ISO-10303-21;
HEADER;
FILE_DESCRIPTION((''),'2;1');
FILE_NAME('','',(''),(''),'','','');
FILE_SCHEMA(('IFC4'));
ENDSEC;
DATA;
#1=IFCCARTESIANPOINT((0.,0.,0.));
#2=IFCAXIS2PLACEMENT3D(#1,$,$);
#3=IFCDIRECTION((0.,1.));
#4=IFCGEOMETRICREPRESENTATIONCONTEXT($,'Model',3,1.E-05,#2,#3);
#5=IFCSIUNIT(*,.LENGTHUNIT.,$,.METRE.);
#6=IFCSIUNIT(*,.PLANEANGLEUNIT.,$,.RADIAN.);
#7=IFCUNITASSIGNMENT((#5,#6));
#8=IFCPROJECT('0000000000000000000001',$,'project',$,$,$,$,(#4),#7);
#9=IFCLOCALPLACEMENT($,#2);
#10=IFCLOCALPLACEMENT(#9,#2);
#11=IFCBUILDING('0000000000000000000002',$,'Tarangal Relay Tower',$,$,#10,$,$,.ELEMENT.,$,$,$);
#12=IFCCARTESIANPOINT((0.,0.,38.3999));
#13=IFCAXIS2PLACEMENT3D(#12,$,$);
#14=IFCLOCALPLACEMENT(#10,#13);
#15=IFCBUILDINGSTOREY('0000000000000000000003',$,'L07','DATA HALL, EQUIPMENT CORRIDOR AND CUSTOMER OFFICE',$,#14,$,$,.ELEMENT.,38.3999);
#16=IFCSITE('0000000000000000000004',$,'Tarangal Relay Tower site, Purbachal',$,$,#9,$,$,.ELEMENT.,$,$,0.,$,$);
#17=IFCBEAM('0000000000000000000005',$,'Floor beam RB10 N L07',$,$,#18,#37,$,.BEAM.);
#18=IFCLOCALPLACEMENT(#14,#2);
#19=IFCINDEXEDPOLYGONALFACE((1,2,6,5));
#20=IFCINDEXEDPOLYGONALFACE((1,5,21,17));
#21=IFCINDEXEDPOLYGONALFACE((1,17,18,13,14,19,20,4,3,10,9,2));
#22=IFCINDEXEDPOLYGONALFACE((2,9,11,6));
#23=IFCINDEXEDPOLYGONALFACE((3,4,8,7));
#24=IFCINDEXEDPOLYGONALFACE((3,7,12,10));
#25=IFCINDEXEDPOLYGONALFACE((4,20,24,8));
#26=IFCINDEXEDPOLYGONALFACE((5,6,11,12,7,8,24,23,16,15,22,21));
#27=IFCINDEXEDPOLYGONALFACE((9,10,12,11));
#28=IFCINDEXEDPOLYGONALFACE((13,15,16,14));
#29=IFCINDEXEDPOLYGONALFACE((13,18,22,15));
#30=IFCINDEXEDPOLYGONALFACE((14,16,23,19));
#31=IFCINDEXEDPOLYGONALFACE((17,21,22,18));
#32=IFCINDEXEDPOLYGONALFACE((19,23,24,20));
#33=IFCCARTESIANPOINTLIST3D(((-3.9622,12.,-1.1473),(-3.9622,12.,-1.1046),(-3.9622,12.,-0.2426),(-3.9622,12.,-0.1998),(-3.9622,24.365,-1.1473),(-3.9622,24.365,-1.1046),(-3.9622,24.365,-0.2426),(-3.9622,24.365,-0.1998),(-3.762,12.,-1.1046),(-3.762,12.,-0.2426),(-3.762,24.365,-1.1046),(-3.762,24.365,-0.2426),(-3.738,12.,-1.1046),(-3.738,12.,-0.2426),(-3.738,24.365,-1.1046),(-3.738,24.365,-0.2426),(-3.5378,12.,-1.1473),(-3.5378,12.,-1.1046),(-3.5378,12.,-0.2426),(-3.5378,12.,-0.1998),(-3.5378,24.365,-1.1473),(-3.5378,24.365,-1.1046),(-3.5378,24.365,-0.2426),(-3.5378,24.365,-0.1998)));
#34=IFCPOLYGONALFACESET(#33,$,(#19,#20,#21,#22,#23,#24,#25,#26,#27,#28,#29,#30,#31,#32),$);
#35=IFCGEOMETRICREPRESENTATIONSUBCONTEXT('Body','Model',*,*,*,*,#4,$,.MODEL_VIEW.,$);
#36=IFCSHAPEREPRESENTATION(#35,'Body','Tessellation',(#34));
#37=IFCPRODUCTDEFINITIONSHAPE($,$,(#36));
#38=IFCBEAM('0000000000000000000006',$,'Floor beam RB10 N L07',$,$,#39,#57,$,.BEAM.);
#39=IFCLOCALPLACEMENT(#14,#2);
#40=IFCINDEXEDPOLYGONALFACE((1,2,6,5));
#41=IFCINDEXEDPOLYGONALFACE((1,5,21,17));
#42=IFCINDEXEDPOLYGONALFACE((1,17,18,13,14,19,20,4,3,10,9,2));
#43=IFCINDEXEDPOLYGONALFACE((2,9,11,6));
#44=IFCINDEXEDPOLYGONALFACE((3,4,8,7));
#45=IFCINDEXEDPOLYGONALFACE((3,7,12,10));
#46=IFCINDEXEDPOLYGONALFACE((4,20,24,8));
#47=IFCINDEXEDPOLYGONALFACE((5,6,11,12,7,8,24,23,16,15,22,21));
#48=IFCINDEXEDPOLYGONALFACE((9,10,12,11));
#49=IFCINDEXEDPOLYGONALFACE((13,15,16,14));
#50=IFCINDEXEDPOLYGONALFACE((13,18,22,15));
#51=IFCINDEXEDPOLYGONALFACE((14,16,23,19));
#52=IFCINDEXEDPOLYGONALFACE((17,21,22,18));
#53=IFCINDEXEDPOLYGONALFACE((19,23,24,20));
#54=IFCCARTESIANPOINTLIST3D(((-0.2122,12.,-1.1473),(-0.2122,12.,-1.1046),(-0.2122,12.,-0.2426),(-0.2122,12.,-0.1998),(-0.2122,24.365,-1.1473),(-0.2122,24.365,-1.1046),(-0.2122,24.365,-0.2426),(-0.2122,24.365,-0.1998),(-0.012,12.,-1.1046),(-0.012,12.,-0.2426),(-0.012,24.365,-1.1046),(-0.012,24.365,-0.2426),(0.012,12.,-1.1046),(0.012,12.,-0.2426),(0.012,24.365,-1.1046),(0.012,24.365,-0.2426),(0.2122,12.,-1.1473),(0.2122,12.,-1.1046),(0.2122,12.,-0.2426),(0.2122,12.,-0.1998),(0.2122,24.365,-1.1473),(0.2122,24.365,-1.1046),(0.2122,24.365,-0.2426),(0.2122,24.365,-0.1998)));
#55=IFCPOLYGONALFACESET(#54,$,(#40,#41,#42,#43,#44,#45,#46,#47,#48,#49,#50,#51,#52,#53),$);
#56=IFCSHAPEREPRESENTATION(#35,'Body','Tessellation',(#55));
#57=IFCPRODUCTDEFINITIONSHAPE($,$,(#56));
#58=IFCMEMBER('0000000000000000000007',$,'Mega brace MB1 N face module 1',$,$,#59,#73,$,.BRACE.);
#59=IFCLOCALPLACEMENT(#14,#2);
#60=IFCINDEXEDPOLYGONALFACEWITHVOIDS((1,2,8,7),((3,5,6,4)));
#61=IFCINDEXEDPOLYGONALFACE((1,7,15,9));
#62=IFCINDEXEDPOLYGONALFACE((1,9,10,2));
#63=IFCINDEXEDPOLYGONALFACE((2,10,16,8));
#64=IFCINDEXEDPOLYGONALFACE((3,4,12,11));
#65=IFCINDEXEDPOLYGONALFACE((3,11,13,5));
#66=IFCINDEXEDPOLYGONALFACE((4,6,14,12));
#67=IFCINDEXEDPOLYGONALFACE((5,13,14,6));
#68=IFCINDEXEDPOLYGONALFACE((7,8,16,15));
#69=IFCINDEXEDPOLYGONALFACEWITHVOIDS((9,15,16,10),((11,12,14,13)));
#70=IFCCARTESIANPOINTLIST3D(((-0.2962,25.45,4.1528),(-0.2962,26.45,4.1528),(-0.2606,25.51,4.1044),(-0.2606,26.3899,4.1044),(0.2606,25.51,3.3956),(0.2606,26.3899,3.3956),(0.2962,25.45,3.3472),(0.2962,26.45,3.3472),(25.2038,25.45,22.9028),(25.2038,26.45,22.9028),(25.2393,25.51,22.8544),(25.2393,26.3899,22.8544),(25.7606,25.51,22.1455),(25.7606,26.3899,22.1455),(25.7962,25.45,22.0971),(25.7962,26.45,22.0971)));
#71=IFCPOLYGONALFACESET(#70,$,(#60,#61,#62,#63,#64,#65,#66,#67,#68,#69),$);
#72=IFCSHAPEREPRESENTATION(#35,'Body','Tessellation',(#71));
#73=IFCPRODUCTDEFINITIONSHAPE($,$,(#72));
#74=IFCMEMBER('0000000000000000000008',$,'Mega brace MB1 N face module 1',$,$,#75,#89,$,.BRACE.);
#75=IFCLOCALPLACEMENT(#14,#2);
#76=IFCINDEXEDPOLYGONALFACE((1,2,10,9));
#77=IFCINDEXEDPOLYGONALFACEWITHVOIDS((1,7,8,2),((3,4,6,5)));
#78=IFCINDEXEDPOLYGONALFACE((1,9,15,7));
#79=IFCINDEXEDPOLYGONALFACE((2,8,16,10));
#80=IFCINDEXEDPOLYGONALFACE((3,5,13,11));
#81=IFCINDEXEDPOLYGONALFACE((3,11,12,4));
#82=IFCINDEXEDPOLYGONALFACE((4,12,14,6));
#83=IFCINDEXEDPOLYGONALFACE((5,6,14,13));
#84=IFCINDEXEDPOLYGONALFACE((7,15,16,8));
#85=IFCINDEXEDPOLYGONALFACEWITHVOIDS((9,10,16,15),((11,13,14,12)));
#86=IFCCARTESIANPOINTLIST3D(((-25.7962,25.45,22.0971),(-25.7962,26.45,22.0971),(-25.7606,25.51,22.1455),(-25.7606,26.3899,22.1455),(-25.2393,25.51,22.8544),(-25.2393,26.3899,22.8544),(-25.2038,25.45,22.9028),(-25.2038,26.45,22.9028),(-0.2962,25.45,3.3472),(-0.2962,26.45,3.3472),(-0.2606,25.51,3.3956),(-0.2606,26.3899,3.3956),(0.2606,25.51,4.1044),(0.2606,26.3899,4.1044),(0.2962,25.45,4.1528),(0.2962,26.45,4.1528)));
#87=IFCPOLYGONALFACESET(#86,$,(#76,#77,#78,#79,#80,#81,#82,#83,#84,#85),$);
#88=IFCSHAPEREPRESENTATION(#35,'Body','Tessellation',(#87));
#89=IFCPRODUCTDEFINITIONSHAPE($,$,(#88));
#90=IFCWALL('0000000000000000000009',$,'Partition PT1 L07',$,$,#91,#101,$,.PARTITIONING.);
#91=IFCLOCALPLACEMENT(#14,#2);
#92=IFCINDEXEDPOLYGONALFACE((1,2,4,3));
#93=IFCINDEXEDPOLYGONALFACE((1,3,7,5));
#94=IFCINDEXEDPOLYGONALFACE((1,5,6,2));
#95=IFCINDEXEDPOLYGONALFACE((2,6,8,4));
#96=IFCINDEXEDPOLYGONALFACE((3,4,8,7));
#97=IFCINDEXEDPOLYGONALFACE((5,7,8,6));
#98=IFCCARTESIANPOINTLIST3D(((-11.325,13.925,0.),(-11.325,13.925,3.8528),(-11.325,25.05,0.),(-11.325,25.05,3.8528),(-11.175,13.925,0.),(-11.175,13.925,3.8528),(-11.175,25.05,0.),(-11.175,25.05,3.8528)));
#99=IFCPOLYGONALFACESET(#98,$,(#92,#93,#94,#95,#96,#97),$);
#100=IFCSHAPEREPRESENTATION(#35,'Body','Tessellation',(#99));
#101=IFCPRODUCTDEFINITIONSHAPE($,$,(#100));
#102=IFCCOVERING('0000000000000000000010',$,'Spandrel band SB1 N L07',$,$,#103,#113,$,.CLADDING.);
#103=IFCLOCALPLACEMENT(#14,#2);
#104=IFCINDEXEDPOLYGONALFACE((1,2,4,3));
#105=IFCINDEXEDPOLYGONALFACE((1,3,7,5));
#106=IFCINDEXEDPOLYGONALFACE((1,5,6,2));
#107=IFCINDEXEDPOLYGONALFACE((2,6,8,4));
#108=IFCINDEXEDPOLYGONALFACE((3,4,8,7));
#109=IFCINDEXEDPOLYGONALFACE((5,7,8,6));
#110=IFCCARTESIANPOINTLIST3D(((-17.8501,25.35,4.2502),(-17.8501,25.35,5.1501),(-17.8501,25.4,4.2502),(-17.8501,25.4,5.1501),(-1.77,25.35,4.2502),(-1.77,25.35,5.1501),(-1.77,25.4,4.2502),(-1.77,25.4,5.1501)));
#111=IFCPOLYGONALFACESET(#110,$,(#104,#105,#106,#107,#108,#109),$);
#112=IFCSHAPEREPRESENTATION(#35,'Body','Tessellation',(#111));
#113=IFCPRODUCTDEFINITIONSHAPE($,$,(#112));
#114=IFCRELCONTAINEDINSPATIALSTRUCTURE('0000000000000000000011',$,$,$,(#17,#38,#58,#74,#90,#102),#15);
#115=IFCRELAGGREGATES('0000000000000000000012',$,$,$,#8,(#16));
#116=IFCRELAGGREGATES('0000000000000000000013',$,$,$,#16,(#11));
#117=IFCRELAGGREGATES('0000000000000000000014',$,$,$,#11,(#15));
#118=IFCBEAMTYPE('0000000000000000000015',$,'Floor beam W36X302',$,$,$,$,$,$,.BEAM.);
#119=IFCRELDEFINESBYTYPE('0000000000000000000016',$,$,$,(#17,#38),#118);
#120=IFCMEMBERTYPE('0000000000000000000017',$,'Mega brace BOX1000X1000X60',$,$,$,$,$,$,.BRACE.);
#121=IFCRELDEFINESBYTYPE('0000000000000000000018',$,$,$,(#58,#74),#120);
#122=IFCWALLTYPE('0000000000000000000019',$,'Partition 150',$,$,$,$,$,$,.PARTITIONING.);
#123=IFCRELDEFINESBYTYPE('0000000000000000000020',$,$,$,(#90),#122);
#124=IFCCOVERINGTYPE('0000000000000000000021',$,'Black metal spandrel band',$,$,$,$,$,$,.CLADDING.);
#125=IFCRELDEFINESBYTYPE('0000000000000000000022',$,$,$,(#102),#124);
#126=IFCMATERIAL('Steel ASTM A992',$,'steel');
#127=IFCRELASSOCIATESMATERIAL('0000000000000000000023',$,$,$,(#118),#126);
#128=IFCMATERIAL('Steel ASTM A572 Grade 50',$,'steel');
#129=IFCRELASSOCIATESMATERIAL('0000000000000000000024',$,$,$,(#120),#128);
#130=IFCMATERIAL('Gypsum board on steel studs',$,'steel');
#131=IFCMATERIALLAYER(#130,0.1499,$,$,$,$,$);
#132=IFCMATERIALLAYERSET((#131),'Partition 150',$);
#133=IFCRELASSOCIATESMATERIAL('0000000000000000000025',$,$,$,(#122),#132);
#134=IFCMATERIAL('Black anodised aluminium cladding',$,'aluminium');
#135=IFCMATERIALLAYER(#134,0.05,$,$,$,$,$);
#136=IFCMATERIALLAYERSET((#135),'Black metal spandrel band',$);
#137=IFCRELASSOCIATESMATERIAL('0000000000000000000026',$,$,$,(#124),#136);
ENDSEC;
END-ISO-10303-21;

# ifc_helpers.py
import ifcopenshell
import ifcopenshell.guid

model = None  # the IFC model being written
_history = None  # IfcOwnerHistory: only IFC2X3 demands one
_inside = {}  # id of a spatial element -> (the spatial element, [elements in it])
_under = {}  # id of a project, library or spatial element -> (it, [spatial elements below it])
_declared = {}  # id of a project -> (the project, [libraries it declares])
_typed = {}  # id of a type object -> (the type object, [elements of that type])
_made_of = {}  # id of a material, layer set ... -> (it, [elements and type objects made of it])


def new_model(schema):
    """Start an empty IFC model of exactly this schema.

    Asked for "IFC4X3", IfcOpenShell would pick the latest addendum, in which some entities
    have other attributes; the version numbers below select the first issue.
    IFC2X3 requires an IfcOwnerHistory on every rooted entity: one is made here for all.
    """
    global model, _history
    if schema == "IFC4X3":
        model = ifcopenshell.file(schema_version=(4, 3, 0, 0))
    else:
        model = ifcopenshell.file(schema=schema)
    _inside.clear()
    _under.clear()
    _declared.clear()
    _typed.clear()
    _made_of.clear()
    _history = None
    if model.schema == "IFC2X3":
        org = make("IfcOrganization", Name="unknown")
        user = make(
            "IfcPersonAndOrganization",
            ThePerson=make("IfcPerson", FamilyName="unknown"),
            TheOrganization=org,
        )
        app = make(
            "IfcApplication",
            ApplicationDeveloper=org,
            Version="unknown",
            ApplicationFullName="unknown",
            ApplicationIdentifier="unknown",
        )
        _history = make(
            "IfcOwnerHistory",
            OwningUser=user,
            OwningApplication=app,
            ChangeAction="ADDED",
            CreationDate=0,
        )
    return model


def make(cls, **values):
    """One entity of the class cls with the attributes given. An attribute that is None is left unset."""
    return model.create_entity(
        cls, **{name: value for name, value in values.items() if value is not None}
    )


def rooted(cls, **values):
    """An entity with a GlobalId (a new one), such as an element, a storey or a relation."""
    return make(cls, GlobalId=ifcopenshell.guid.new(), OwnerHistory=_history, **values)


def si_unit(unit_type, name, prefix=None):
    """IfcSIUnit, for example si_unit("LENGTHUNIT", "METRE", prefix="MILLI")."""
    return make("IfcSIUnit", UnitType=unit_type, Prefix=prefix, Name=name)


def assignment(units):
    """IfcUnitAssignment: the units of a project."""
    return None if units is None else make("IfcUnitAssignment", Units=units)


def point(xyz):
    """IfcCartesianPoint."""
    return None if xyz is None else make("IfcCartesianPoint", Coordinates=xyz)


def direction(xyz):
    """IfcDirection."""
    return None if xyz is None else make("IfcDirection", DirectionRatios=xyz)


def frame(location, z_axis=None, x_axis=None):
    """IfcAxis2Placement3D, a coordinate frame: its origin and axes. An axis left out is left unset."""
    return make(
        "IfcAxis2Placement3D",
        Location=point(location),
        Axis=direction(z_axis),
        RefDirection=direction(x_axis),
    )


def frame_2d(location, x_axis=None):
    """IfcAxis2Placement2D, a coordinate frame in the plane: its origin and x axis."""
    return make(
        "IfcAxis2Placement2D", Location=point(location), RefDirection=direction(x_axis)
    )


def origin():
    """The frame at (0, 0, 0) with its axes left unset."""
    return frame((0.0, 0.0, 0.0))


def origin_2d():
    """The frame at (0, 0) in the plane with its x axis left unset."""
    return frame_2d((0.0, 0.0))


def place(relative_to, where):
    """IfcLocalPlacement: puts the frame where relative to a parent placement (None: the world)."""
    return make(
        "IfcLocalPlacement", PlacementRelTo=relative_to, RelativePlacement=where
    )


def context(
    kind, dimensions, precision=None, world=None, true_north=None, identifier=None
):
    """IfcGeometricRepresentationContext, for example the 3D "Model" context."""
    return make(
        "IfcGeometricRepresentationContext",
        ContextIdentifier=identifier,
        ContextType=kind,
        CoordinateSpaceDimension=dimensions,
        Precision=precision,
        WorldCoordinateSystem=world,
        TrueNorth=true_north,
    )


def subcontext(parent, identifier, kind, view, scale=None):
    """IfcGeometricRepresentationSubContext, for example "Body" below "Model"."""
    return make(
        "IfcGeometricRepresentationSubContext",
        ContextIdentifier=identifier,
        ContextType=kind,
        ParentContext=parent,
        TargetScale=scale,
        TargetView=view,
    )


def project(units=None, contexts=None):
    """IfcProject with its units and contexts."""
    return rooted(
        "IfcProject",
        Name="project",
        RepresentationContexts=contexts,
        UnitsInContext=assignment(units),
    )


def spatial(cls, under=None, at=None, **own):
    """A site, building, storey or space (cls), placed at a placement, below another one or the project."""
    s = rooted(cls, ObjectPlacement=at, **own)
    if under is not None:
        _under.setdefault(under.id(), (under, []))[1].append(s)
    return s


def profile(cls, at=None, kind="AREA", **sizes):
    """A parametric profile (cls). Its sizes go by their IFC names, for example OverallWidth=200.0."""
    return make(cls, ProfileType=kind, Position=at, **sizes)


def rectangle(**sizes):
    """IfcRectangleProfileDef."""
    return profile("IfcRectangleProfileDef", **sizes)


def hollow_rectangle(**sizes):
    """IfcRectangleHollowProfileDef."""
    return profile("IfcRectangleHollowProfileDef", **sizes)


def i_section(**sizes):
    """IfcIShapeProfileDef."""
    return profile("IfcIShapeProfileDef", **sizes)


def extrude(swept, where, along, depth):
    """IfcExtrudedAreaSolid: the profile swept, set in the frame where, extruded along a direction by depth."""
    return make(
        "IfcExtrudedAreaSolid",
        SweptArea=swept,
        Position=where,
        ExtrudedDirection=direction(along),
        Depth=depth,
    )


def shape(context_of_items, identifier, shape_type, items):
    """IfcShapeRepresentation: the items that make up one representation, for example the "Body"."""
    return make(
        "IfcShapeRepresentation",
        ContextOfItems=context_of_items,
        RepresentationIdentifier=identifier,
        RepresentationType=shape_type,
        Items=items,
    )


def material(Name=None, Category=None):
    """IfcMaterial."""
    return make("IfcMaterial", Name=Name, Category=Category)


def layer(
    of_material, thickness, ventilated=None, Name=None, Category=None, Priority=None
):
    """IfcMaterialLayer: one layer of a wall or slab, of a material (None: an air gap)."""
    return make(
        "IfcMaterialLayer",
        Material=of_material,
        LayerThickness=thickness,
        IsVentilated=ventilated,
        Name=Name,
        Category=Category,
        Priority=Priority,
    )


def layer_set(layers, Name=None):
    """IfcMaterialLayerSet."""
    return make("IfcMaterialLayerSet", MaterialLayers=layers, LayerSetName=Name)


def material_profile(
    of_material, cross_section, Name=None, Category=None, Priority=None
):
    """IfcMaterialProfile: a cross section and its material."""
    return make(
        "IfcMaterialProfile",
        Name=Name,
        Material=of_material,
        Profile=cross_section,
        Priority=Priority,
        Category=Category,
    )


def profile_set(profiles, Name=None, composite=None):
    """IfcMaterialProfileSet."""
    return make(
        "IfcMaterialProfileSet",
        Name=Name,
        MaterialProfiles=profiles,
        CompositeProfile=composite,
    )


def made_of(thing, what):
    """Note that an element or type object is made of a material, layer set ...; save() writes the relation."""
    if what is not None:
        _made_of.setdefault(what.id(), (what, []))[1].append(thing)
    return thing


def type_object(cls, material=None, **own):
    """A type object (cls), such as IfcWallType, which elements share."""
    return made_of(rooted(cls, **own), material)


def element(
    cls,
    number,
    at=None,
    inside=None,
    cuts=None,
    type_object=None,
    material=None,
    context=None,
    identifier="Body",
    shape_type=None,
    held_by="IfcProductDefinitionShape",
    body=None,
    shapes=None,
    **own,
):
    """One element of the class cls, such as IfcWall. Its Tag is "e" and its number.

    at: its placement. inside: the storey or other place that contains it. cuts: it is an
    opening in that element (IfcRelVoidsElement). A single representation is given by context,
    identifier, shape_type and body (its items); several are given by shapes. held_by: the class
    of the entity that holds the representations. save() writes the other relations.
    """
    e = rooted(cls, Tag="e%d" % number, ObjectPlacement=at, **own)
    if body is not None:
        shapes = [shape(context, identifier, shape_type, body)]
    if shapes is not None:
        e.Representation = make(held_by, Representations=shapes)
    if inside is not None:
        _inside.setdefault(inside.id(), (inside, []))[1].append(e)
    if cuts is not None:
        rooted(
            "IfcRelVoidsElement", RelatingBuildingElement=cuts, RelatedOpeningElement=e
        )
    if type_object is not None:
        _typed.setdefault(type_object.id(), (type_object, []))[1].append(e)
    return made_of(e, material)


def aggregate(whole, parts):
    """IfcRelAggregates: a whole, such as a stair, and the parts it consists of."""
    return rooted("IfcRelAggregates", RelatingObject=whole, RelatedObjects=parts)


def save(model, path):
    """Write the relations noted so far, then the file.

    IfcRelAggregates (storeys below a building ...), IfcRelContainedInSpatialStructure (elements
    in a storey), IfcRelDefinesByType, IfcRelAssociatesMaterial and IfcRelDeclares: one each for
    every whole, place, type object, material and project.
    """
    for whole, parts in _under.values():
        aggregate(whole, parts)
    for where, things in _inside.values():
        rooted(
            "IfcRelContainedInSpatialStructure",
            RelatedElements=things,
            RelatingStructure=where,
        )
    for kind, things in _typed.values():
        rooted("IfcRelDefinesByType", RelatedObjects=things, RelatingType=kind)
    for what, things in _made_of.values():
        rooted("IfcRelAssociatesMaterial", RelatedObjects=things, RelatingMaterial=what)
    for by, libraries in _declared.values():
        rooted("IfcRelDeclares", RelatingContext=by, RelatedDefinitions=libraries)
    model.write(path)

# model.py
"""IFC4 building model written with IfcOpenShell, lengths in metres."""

from ifc_helpers import new_model, si_unit, direction, frame, frame_2d, origin, origin_2d, place, context, subcontext, project, spatial, rectangle, hollow_rectangle, i_section, extrude, material, layer, layer_set, material_profile, profile_set, type_object, element, save


model = new_model("IFC4")

# Units and contexts
model_context = context("Model", 3, precision=1e-05, world=origin(), true_north=direction((0.0, 1.0)))
body_context = subcontext(model_context, "Body", "Model", "MODEL_VIEW")
ifc_project = project(units=[si_unit("LENGTHUNIT", "METRE"), si_unit("PLANEANGLEUNIT", "RADIAN")], contexts=[model_context])

# Site, building, storey
site_placement = place(None, origin())
site = spatial("IfcSite", under=ifc_project, at=site_placement, Name="Tarangal Relay Tower site, Purbachal", CompositionType="ELEMENT", RefElevation=0.0)
building_placement = place(site_placement, origin())
building = spatial("IfcBuilding", under=site, at=building_placement, Name="Tarangal Relay Tower", CompositionType="ELEMENT")
storey_placement = place(building_placement, frame((0.0, 0.0, 38.3999)))
storey = spatial("IfcBuildingStorey", under=building, at=storey_placement, Name="L07", Description="DATA HALL, EQUIPMENT CORRIDOR AND CUSTOMER OFFICE", CompositionType="ELEMENT", Elevation=38.3999)

# Shared definitions
ifc_material_1 = material(Name="Steel ASTM A572 Grade 50", Category="steel")

# Beams
ifc_material_2 = material(Name="Steel ASTM A992", Category="steel")
ifc_material_profile_1 = material_profile(ifc_material_2, i_section(OverallWidth=0.4243, OverallDepth=0.9475, WebThickness=0.0239, FlangeThickness=0.0427, at=origin_2d()), Name="W36X302")
ifc_profile_set_1 = profile_set([ifc_material_profile_1], Name="Steel ASTM A992")
beam_type_1 = type_object("IfcBeamType", Name="Floor beam W36X302", PredefinedType="BEAM", material=ifc_profile_set_1)
for number, where, z_axis, x_axis, name in (
    (1, (-3.75, 12.0, -0.6736), (0.0, 1.0, 0.0), (-1.0, 0.0, 0.0), "Floor beam RB10 N L07"),
    (2, (0.0, 12.0, -0.6736), (0.0, 1.0, 0.0), (-1.0, 0.0, 0.0), "Floor beam RB10 N L07"),
):
    element("IfcBeam", number, at=place(storey_placement, frame(where, z_axis=z_axis, x_axis=x_axis)), inside=storey, type_object=beam_type_1, Name=name, PredefinedType="BEAM", context=body_context, shape_type="SweptSolid", body=[
        extrude(i_section(OverallWidth=0.4243, OverallDepth=0.9475, WebThickness=0.0239, FlangeThickness=0.0427, at=origin_2d()), origin(), (0.0, 0.0, 1.0), 12.365),
    ])

# Members
ifc_material_profile_2 = material_profile(ifc_material_1, hollow_rectangle(XDim=1.0, YDim=1.0, WallThickness=0.0601, at=origin_2d()), Name="BOX1000X1000X60")
ifc_profile_set_2 = profile_set([ifc_material_profile_2], Name="Steel ASTM A572 Grade 50")
member_type = type_object("IfcMemberType", Name="Mega brace BOX1000X1000X60", PredefinedType="BRACE", material=ifc_profile_set_2)
for number, where, z_axis, x_axis, name in (
    (3, (0.0, 25.95, 3.75), (0.805651, 0.0, 0.59239), (0.0, 1.0, 0.0), "Mega brace MB1 N face module 1"),
    (4, (0.0, 25.95, 3.75), (-0.805651, 0.0, 0.59239), (0.0, -1.0, 0.0), "Mega brace MB1 N face module 1"),
):
    element("IfcMember", number, at=place(storey_placement, frame(where, z_axis=z_axis, x_axis=x_axis)), inside=storey, type_object=member_type, Name=name, PredefinedType="BRACE", context=body_context, shape_type="SweptSolid", body=[
        extrude(hollow_rectangle(XDim=1.0, YDim=1.0, WallThickness=0.0601, at=origin_2d()), origin(), (0.0, 0.0, 1.0), 31.6514),
    ])

# Wall
ifc_material_3 = material(Name="Gypsum board on steel studs", Category="steel")
ifc_layer_1 = layer(ifc_material_3, 0.1499)
ifc_layer_set_1 = layer_set([ifc_layer_1], Name="Partition 150")
wall_type = type_object("IfcWallType", Name="Partition 150", PredefinedType="PARTITIONING", material=ifc_layer_set_1)
wall_placement = place(storey_placement, frame((-11.25, 13.925, 0.0), z_axis=(0.0, 0.0, 1.0), x_axis=(0.0, 1.0, 0.0)))
element("IfcWall", 5, at=wall_placement, inside=storey, type_object=wall_type, Name="Partition PT1 L07", PredefinedType="PARTITIONING", context=body_context, shape_type="SweptSolid", body=[
    extrude(rectangle(XDim=11.125, YDim=0.1499, at=frame_2d((5.5625, 0.0))), origin(), (0.0, 0.0, 1.0), 3.8528),
])

# Covering
ifc_material_4 = material(Name="Black anodised aluminium cladding", Category="aluminium")
ifc_layer_2 = layer(ifc_material_4, 0.05)
ifc_layer_set_2 = layer_set([ifc_layer_2], Name="Black metal spandrel band")
covering_type = type_object("IfcCoveringType", Name="Black metal spandrel band", PredefinedType="CLADDING", material=ifc_layer_set_2)
covering_placement = place(storey_placement, frame((-9.8101, 25.375, 4.2502), z_axis=(0.0, 0.0, 1.0), x_axis=(1.0, 0.0, 0.0)))
element("IfcCovering", 6, at=covering_placement, inside=storey, type_object=covering_type, Name="Spandrel band SB1 N L07", PredefinedType="CLADDING", context=body_context, shape_type="SweptSolid", body=[
    extrude(rectangle(XDim=16.0801, YDim=0.05, at=origin_2d()), origin(), (0.0, 0.0, 1.0), 0.8999),
])

save(model, "model.ifc")
